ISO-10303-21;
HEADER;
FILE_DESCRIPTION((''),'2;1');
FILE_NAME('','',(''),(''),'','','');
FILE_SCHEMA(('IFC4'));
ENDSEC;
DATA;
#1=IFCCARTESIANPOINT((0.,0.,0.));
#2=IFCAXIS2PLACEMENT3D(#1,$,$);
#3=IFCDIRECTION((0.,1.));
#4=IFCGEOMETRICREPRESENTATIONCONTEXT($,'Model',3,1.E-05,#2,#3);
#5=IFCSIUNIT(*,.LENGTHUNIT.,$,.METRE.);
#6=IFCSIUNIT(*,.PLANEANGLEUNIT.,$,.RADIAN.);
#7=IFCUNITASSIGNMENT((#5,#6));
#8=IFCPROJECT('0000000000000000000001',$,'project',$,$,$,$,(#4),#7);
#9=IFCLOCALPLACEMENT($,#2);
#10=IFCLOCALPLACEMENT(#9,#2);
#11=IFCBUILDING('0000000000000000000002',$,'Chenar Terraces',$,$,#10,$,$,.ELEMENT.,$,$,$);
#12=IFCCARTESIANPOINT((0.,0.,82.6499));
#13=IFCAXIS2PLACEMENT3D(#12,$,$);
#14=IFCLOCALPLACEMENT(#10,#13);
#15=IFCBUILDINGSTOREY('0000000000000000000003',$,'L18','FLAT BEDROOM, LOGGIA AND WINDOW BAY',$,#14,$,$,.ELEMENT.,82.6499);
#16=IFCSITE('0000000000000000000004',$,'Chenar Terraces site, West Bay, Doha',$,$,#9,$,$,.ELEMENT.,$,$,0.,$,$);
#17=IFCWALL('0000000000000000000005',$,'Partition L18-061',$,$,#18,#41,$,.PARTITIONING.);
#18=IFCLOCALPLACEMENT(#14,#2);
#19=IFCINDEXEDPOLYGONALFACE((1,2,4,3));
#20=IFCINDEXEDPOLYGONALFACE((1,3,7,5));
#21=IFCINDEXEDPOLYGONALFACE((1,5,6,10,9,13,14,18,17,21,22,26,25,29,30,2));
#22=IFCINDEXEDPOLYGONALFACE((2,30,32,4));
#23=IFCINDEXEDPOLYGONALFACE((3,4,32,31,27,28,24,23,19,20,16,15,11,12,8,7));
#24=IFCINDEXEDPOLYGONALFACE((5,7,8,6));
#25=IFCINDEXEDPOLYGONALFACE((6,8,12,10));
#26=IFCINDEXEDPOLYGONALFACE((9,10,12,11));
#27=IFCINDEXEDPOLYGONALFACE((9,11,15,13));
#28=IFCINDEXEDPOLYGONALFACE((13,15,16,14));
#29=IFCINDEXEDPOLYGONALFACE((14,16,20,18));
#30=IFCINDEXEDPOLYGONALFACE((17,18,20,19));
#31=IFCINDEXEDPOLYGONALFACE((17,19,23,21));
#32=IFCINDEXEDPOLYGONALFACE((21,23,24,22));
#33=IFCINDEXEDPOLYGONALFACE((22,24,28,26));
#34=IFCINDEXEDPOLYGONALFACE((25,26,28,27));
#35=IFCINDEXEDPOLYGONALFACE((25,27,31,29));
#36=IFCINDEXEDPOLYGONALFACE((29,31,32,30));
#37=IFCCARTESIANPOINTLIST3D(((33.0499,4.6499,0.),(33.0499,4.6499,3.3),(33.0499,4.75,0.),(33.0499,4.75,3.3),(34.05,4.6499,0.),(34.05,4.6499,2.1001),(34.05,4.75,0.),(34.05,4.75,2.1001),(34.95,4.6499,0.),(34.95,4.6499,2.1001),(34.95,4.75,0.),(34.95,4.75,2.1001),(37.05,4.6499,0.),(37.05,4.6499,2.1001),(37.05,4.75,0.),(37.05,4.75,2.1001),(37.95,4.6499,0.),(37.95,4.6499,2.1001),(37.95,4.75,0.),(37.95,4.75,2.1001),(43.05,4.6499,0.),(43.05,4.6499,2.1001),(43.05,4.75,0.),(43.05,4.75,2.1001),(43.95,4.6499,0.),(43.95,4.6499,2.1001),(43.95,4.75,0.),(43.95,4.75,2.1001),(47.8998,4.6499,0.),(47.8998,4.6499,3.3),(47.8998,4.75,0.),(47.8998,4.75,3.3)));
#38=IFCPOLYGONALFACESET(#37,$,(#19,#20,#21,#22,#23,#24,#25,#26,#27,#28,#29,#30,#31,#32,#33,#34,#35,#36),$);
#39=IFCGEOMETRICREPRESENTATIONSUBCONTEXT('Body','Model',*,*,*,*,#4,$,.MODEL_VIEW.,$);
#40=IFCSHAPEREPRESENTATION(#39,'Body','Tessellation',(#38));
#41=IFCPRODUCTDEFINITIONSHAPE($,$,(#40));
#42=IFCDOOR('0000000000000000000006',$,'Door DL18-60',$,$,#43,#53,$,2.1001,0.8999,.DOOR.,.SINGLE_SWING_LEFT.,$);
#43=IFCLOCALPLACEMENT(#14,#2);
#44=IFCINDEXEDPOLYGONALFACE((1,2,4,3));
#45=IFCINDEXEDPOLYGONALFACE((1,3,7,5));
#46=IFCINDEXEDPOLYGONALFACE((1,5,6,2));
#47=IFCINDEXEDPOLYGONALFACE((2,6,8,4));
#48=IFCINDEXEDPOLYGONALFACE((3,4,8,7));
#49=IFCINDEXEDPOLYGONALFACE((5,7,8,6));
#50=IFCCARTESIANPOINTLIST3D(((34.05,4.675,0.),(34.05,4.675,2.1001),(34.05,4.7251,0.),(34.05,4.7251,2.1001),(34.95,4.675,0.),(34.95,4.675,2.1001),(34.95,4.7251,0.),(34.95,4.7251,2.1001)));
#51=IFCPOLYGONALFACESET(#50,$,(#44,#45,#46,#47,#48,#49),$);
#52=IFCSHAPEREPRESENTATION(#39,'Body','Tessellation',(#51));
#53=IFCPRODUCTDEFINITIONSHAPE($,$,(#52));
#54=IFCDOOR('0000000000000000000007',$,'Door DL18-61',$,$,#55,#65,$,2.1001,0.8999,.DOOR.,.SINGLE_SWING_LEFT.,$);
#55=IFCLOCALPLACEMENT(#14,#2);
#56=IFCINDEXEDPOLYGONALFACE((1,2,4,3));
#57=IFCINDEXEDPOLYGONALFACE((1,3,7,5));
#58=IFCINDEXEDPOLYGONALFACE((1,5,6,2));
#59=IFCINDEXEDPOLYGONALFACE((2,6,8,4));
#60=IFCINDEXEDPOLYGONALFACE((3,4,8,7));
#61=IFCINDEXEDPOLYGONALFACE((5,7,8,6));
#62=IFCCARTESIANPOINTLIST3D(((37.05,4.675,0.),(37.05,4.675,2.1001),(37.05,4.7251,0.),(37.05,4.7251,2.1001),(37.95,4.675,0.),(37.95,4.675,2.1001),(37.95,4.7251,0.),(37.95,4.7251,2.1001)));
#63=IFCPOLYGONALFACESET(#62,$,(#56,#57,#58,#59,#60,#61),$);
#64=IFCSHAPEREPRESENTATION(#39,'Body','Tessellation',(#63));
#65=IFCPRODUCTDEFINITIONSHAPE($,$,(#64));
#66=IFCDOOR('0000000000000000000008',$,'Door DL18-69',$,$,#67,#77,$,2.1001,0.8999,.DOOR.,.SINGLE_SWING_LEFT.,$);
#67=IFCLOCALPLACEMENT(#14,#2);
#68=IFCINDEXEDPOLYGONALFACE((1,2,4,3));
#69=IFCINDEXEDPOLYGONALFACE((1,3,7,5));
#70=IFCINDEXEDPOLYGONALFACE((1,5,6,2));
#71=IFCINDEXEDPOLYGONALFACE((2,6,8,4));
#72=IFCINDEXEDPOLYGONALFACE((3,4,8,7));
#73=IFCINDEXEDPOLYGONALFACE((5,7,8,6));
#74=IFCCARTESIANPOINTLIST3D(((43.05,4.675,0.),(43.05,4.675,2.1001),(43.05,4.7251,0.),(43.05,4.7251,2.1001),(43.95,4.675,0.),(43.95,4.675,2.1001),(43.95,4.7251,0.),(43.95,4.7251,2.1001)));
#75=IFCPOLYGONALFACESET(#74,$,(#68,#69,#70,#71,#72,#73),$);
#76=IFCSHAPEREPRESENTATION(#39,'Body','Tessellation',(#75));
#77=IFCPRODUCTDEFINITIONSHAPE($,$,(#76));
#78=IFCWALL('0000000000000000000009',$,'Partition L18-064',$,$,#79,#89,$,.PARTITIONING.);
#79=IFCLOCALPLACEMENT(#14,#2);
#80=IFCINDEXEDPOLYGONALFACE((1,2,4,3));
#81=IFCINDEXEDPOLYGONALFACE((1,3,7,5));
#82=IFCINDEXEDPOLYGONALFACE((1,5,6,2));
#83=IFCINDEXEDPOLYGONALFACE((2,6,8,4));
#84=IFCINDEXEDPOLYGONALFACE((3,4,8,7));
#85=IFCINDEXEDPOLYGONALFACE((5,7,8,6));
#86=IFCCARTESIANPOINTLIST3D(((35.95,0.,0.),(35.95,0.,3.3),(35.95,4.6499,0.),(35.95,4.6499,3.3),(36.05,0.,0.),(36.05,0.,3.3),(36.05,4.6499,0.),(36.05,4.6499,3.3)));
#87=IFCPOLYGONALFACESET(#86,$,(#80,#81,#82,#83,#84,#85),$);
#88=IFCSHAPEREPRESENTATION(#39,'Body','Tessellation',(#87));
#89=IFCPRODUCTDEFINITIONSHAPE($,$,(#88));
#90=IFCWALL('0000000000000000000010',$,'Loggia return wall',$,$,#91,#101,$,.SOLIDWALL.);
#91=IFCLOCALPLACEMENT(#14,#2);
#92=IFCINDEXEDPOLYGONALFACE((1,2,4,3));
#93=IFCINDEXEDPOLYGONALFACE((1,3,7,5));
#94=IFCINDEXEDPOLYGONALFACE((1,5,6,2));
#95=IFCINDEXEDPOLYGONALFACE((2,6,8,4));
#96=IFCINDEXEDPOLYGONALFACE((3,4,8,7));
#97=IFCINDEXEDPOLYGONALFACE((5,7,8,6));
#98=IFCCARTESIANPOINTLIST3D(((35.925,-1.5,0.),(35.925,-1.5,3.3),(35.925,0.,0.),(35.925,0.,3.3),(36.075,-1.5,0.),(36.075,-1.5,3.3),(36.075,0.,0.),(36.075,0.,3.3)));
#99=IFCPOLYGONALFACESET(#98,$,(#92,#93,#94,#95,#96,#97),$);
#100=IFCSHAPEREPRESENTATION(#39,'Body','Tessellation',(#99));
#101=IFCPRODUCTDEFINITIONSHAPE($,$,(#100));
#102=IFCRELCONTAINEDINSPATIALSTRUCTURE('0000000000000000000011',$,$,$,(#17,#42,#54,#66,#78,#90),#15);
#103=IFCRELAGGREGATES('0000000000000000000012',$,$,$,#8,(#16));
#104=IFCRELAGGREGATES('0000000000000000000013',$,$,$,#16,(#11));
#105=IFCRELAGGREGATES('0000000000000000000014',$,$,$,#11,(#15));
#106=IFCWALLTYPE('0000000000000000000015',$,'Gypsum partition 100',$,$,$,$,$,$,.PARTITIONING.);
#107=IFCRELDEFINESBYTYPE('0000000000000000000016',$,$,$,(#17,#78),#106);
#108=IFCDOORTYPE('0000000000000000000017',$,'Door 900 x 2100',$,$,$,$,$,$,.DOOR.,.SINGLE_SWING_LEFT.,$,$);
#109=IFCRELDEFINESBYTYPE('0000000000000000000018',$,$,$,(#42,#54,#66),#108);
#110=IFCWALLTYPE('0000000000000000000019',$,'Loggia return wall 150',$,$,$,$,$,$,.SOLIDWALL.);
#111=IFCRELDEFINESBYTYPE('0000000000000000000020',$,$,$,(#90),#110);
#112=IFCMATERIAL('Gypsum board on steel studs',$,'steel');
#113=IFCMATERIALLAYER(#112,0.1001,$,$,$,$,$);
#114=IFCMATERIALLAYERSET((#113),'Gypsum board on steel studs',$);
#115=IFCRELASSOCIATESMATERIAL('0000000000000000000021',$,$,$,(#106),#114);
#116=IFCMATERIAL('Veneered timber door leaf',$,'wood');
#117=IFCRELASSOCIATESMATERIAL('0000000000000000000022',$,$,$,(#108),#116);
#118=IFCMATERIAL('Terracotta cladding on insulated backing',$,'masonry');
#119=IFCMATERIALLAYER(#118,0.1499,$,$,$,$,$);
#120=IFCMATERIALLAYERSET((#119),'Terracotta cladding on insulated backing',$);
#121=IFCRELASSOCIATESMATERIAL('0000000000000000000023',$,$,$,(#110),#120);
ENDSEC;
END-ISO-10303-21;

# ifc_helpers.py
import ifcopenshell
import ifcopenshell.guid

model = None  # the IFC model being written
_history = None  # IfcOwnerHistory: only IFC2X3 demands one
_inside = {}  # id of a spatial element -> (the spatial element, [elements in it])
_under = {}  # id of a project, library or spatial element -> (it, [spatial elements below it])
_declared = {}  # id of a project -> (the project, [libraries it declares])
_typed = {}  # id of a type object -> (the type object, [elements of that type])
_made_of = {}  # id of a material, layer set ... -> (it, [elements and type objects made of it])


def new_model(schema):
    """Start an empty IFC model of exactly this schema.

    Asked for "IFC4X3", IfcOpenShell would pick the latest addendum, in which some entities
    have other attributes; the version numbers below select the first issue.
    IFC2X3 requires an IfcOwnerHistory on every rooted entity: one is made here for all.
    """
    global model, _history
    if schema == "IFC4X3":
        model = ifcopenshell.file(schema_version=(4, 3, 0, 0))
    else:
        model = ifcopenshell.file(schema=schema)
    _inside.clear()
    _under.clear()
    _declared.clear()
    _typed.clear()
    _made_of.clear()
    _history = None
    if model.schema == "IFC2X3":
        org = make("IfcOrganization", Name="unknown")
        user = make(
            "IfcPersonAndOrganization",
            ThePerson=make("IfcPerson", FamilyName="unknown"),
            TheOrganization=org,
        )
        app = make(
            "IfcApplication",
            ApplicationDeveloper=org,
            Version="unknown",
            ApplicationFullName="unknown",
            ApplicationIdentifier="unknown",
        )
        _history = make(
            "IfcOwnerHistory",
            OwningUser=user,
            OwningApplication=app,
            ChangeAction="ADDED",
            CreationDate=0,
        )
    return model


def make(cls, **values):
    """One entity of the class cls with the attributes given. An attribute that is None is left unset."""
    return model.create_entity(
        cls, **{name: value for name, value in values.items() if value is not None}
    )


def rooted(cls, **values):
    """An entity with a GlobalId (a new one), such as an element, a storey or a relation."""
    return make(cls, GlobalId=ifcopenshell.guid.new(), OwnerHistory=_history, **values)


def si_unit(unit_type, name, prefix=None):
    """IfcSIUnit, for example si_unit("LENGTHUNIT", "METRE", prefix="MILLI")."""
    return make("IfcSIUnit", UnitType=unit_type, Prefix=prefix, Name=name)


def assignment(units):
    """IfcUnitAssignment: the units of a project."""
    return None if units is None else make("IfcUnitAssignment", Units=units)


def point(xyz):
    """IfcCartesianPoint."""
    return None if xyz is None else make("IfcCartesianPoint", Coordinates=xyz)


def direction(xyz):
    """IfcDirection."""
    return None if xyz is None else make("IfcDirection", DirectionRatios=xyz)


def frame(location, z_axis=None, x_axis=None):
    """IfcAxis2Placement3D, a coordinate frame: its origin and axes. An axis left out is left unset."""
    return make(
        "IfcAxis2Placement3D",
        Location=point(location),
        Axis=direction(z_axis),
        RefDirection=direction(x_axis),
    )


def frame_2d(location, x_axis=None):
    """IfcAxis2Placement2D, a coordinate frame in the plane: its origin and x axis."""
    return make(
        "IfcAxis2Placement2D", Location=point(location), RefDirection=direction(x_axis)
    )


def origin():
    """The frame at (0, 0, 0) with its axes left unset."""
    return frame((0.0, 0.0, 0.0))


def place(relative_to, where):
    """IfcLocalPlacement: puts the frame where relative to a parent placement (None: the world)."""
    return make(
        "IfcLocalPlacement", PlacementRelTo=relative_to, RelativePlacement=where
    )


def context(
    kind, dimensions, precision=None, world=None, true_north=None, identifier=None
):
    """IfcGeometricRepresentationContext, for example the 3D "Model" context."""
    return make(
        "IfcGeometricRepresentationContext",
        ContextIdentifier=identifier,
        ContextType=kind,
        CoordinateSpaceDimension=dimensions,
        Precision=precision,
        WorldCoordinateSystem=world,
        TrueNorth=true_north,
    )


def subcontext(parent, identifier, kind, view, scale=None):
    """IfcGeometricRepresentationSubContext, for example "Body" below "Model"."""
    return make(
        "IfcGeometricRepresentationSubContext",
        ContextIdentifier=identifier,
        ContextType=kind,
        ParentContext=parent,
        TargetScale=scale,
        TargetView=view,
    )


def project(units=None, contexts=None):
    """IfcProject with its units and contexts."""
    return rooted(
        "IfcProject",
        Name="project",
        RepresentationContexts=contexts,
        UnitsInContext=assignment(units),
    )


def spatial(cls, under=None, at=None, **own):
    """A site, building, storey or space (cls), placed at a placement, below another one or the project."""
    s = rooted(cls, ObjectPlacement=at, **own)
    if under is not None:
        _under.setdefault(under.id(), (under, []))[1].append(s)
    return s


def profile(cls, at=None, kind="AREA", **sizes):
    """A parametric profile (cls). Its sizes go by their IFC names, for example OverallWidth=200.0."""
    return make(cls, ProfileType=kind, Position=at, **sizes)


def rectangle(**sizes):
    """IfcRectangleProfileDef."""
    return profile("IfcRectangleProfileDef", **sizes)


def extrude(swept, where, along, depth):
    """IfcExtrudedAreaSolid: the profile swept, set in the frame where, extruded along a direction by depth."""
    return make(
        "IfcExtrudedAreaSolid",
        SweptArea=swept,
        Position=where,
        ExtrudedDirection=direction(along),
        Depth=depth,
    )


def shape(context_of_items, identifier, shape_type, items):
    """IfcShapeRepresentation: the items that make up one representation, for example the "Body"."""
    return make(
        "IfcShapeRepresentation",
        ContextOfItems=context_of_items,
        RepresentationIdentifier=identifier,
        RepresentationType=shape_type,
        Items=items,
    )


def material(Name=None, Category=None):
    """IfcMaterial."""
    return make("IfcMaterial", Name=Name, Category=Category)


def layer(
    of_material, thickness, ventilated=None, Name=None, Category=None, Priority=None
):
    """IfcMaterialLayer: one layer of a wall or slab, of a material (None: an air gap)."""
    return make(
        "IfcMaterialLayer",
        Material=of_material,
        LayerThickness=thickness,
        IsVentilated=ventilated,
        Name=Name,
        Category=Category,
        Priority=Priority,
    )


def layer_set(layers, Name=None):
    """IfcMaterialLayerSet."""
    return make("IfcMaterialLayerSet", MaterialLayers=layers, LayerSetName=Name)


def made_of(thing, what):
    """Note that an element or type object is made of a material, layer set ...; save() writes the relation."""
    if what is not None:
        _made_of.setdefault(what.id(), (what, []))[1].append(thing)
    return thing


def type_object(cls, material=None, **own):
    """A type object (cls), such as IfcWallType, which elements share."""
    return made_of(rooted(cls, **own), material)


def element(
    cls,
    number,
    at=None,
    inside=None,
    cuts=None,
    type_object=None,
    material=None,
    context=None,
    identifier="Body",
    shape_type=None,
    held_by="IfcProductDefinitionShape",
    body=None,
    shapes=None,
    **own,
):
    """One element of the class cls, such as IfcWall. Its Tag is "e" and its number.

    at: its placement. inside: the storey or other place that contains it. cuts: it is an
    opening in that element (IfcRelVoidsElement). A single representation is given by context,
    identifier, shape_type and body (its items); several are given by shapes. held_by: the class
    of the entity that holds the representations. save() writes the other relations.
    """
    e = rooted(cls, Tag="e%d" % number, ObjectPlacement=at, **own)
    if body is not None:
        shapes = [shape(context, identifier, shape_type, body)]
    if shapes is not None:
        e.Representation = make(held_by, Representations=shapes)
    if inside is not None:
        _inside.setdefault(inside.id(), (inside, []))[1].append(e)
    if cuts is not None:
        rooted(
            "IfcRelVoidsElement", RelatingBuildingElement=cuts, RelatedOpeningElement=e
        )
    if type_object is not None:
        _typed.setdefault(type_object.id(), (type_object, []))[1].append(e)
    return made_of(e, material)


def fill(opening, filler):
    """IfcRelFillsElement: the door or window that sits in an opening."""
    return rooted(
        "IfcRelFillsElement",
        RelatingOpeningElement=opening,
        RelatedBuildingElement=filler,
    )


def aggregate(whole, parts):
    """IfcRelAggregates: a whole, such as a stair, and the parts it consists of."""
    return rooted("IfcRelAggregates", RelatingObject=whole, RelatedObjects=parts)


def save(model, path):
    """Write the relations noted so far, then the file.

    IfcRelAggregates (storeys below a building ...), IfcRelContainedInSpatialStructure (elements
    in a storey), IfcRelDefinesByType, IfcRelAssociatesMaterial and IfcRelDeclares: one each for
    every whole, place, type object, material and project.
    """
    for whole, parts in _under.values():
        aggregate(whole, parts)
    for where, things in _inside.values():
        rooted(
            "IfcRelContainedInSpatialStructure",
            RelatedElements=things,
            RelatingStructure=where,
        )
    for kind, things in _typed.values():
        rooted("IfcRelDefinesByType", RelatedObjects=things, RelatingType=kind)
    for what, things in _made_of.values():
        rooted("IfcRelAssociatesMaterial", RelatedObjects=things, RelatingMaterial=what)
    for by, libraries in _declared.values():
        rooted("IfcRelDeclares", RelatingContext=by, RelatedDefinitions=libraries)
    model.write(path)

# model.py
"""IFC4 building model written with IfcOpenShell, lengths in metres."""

from ifc_helpers import new_model, si_unit, direction, frame, frame_2d, origin, place, context, subcontext, project, spatial, rectangle, extrude, material, layer, layer_set, type_object, element, fill, save


model = new_model("IFC4")

# Units and contexts
model_context = context("Model", 3, precision=1e-05, world=origin(), true_north=direction((0.0, 1.0)))
body_context = subcontext(model_context, "Body", "Model", "MODEL_VIEW")
ifc_project = project(units=[si_unit("LENGTHUNIT", "METRE"), si_unit("PLANEANGLEUNIT", "RADIAN")], contexts=[model_context])

# Site, building, storey
site_placement = place(None, origin())
site = spatial("IfcSite", under=ifc_project, at=site_placement, Name="Chenar Terraces site, West Bay, Doha", CompositionType="ELEMENT", RefElevation=0.0)
building_placement = place(site_placement, origin())
building = spatial("IfcBuilding", under=site, at=building_placement, Name="Chenar Terraces", CompositionType="ELEMENT")
storey_placement = place(building_placement, frame((0.0, 0.0, 82.6499)))
storey = spatial("IfcBuildingStorey", under=building, at=storey_placement, Name="L18", Description="FLAT BEDROOM, LOGGIA AND WINDOW BAY", CompositionType="ELEMENT", Elevation=82.6499)

# Shared definitions
ifc_material_1 = material(Name="Gypsum board on steel studs", Category="steel")
ifc_layer_1 = layer(ifc_material_1, 0.1001)
ifc_layer_set_1 = layer_set([ifc_layer_1], Name="Gypsum board on steel studs")
wall_type_1 = type_object("IfcWallType", Name="Gypsum partition 100", PredefinedType="PARTITIONING", material=ifc_layer_set_1)

# Shared definitions
ifc_material_2 = material(Name="Veneered timber door leaf", Category="wood")
door_type_1 = type_object("IfcDoorType", Name="Door 900 x 2100", OperationType="SINGLE_SWING_LEFT", PredefinedType="DOOR", material=ifc_material_2)

# Wall, openings, doors
wall_1_placement = place(storey_placement, frame((33.05, 4.7, 0.0), z_axis=(0.0, 0.0, 1.0), x_axis=(1.0, 0.0, 0.0)))
wall_1 = element("IfcWall", 1, at=wall_1_placement, inside=storey, type_object=wall_type_1, Name="Partition L18-061", PredefinedType="PARTITIONING", context=body_context, shape_type="SweptSolid", body=[
    extrude(rectangle(XDim=14.8499, YDim=0.1001, at=frame_2d((7.4248, 0.0))), origin(), (0.0, 0.0, 1.0), 3.3),
])
opening_1_placement = place(wall_1_placement, frame((1.0, 0.0, 0.0)))
opening_1 = element("IfcOpeningElement", 2, at=opening_1_placement, cuts=wall_1, PredefinedType="OPENING", context=body_context, shape_type="SweptSolid", body=[
    extrude(rectangle(XDim=0.8999, YDim=2.1001, at=frame_2d((0.45, 1.05))), frame((0.0, 0.0601, 0.0), z_axis=(0.0, -1.0, 0.0), x_axis=(1.0, 0.0, 0.0)), (0.0, 0.0, 1.0), 0.1201),
])
opening_2_placement = place(wall_1_placement, frame((4.0, 0.0, 0.0)))
opening_2 = element("IfcOpeningElement", 3, at=opening_2_placement, cuts=wall_1, PredefinedType="OPENING", context=body_context, shape_type="SweptSolid", body=[
    extrude(rectangle(XDim=0.8999, YDim=2.1001, at=frame_2d((0.45, 1.05))), frame((0.0, 0.0601, 0.0), z_axis=(0.0, -1.0, 0.0), x_axis=(1.0, 0.0, 0.0)), (0.0, 0.0, 1.0), 0.1201),
])
opening_3_placement = place(wall_1_placement, frame((10.0, 0.0, 0.0)))
opening_3 = element("IfcOpeningElement", 4, at=opening_3_placement, cuts=wall_1, PredefinedType="OPENING", context=body_context, shape_type="SweptSolid", body=[
    extrude(rectangle(XDim=0.8999, YDim=2.1001, at=frame_2d((0.45, 1.05))), frame((0.0, 0.0601, 0.0), z_axis=(0.0, -1.0, 0.0), x_axis=(1.0, 0.0, 0.0)), (0.0, 0.0, 1.0), 0.1201),
])
door_1_placement = place(opening_1_placement, frame((0.8999, 0.0, 0.0), z_axis=(0.0, 0.0, 1.0), x_axis=(-1.0, 0.0, 0.0)))
door_1 = element("IfcDoor", 5, at=door_1_placement, inside=storey, type_object=door_type_1, Name="Door DL18-60", OperationType="SINGLE_SWING_LEFT", OverallHeight=2.1001, OverallWidth=0.8999, PredefinedType="DOOR", context=body_context, shape_type="SweptSolid", body=[
    extrude(rectangle(XDim=0.8999, YDim=2.1001, at=frame_2d((0.45, 1.05))), frame((0.0, 0.0249, 0.0), z_axis=(0.0, -1.0, 0.0), x_axis=(1.0, 0.0, 0.0)), (0.0, 0.0, 1.0), 0.05),
])
fill(opening_1, door_1)
door_2_placement = place(opening_2_placement, frame((0.8999, 0.0, 0.0), z_axis=(0.0, 0.0, 1.0), x_axis=(-1.0, 0.0, 0.0)))
door_2 = element("IfcDoor", 6, at=door_2_placement, inside=storey, type_object=door_type_1, Name="Door DL18-61", OperationType="SINGLE_SWING_LEFT", OverallHeight=2.1001, OverallWidth=0.8999, PredefinedType="DOOR", context=body_context, shape_type="SweptSolid", body=[
    extrude(rectangle(XDim=0.8999, YDim=2.1001, at=frame_2d((0.45, 1.05))), frame((0.0, 0.0249, 0.0), z_axis=(0.0, -1.0, 0.0), x_axis=(1.0, 0.0, 0.0)), (0.0, 0.0, 1.0), 0.05),
])
fill(opening_2, door_2)
door_3_placement = place(opening_3_placement, frame((0.8999, 0.0, 0.0), z_axis=(0.0, 0.0, 1.0), x_axis=(-1.0, 0.0, 0.0)))
door_3 = element("IfcDoor", 7, at=door_3_placement, inside=storey, type_object=door_type_1, Name="Door DL18-69", OperationType="SINGLE_SWING_LEFT", OverallHeight=2.1001, OverallWidth=0.8999, PredefinedType="DOOR", context=body_context, shape_type="SweptSolid", body=[
    extrude(rectangle(XDim=0.8999, YDim=2.1001, at=frame_2d((0.45, 1.05))), frame((0.0, 0.0249, 0.0), z_axis=(0.0, -1.0, 0.0), x_axis=(1.0, 0.0, 0.0)), (0.0, 0.0, 1.0), 0.05),
])
fill(opening_3, door_3)

# Walls
wall_2_placement = place(storey_placement, frame((36.0, 0.0, 0.0), z_axis=(0.0, 0.0, 1.0), x_axis=(0.0, 1.0, 0.0)))
element("IfcWall", 8, at=wall_2_placement, inside=storey, type_object=wall_type_1, Name="Partition L18-064", PredefinedType="PARTITIONING", context=body_context, shape_type="SweptSolid", body=[
    extrude(rectangle(XDim=4.6499, YDim=0.1001, at=frame_2d((2.325, 0.0))), origin(), (0.0, 0.0, 1.0), 3.3),
])
ifc_material_3 = material(Name="Terracotta cladding on insulated backing", Category="masonry")
ifc_layer_2 = layer(ifc_material_3, 0.1499)
ifc_layer_set_2 = layer_set([ifc_layer_2], Name="Terracotta cladding on insulated backing")
wall_type_2 = type_object("IfcWallType", Name="Loggia return wall 150", PredefinedType="SOLIDWALL", material=ifc_layer_set_2)
wall_3_placement = place(storey_placement, frame((36.0, -1.5, 0.0), z_axis=(0.0, 0.0, 1.0), x_axis=(0.0, 1.0, 0.0)))
element("IfcWall", 9, at=wall_3_placement, inside=storey, type_object=wall_type_2, Name="Loggia return wall", PredefinedType="SOLIDWALL", context=body_context, shape_type="SweptSolid", body=[
    extrude(rectangle(XDim=1.5, YDim=0.1499, at=frame_2d((0.75, 0.0))), origin(), (0.0, 0.0, 1.0), 3.3),
])

save(model, "model.ifc")
